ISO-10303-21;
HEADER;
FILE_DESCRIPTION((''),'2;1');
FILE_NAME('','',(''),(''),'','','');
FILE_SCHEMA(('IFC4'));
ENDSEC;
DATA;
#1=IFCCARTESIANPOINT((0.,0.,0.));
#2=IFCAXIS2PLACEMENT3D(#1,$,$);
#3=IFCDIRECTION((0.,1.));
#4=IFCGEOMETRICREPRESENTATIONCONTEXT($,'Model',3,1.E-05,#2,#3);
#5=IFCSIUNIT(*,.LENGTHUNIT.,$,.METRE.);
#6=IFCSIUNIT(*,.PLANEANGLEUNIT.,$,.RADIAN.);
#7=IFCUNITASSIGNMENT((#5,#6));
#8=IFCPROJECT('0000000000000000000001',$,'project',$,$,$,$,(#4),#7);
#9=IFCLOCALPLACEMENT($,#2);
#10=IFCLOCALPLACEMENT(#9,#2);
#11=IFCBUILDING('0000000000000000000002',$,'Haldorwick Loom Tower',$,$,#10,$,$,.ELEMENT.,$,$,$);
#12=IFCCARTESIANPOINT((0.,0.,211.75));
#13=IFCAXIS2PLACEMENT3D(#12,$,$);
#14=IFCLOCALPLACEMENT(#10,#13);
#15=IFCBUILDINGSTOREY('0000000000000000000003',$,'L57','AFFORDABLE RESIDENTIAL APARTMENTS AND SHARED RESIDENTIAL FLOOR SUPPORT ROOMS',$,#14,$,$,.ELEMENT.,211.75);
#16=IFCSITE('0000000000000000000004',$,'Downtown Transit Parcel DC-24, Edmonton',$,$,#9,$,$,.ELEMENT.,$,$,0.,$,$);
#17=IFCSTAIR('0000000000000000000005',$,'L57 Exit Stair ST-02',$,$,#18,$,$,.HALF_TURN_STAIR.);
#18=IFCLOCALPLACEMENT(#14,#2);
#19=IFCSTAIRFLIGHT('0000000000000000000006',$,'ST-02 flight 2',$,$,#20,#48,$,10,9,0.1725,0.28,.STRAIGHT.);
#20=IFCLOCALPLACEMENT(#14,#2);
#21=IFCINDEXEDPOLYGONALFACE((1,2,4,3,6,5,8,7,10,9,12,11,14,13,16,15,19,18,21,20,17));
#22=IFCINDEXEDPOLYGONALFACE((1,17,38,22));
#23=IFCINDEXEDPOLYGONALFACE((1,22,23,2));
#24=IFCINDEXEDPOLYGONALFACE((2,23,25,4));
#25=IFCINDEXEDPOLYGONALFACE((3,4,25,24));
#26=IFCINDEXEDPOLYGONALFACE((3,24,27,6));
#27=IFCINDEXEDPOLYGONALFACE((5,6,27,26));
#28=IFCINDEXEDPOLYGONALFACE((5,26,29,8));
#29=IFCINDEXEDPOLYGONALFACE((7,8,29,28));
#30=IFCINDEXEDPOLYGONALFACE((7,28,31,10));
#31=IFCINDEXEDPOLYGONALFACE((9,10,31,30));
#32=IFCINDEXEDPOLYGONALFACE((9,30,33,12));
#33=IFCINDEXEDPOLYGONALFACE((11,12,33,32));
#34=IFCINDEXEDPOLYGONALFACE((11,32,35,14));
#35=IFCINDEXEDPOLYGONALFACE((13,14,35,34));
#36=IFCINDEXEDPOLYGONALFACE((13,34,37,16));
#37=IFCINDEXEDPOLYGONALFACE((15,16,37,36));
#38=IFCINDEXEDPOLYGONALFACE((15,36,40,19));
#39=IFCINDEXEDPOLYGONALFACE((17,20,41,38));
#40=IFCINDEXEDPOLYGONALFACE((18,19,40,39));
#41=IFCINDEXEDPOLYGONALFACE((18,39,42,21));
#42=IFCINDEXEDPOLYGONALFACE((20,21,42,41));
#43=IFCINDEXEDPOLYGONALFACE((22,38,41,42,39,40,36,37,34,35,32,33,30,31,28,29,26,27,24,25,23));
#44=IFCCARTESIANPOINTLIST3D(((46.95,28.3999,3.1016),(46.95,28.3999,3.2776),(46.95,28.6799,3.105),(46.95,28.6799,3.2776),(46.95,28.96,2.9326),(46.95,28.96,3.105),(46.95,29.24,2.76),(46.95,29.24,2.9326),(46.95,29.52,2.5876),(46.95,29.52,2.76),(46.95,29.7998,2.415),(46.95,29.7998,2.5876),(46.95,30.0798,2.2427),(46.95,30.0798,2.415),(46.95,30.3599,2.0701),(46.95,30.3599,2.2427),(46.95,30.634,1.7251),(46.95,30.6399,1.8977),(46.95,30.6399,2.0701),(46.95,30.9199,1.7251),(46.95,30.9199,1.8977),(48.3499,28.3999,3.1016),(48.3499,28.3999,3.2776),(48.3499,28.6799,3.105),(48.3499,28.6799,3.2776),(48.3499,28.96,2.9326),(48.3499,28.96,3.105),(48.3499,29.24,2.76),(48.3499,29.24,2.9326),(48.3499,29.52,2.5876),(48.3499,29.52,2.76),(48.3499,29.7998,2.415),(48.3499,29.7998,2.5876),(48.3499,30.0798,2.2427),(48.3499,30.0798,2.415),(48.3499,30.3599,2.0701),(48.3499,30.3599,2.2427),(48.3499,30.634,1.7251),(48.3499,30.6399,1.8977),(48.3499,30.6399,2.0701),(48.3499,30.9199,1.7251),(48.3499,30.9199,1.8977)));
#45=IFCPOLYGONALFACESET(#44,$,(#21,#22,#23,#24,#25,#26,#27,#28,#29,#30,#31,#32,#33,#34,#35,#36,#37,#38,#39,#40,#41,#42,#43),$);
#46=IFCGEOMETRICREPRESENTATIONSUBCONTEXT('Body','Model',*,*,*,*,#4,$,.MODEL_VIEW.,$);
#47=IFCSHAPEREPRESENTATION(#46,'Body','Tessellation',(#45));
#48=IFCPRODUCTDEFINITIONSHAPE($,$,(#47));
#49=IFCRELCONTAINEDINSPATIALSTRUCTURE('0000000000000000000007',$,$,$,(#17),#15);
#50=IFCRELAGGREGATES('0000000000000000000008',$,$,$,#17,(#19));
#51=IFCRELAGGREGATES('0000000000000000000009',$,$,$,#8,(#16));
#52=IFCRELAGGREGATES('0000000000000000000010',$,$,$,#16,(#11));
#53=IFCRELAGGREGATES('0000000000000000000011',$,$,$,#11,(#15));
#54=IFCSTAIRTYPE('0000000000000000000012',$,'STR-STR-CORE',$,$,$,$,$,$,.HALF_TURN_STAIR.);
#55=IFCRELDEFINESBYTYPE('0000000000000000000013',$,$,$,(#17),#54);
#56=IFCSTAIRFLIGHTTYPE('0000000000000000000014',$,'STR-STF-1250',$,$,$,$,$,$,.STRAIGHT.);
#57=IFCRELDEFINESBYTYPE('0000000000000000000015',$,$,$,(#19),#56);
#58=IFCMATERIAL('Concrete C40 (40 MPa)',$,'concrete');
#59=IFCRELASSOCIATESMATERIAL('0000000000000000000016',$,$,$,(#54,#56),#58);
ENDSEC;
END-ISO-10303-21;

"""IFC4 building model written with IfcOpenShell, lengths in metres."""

from ifc_helpers import new_model, si_unit, direction, frame, origin, place, context, subcontext, project, spatial, polyline, outline, extrude, material, type_object, element, aggregate, save


model = new_model("IFC4")

# Units and contexts
model_context = context("Model", 3, precision=1e-05, world=origin(), true_north=direction((0.0, 1.0)))
body_context = subcontext(model_context, "Body", "Model", "MODEL_VIEW")
ifc_project = project(units=[si_unit("LENGTHUNIT", "METRE"), si_unit("PLANEANGLEUNIT", "RADIAN")], contexts=[model_context])

# Site, building, storey
site_placement = place(None, origin())
site = spatial("IfcSite", under=ifc_project, at=site_placement, Name="Downtown Transit Parcel DC-24, Edmonton", CompositionType="ELEMENT", RefElevation=0.0)
building_placement = place(site_placement, origin())
building = spatial("IfcBuilding", under=site, at=building_placement, Name="Haldorwick Loom Tower", CompositionType="ELEMENT")
storey_placement = place(building_placement, frame((0.0, 0.0, 211.75)))
storey = spatial("IfcBuildingStorey", under=building, at=storey_placement, Name="L57", Description="AFFORDABLE RESIDENTIAL APARTMENTS AND SHARED RESIDENTIAL FLOOR SUPPORT ROOMS", CompositionType="ELEMENT", Elevation=211.75)

# Stair, stair flight
ifc_material_1 = material(Name="Concrete C40 (40 MPa)", Category="concrete")
stair_type = type_object("IfcStairType", Name="STR-STR-CORE", PredefinedType="HALF_TURN_STAIR", material=ifc_material_1)
stair_placement = place(storey_placement, origin())
stair = element("IfcStair", 1, at=stair_placement, inside=storey, type_object=stair_type, Name="L57 Exit Stair ST-02", PredefinedType="HALF_TURN_STAIR")
stair_flight_type = type_object("IfcStairFlightType", Name="STR-STF-1250", PredefinedType="STRAIGHT", material=ifc_material_1)
stair_flight_1_placement = place(storey_placement, frame((47.6499, 30.9199, 1.7251), z_axis=(0.0, 0.0, 1.0), x_axis=(0.0, -1.0, 0.0)))
stair_flight_1 = element("IfcStairFlight", 2, at=stair_flight_1_placement, type_object=stair_flight_type, Name="ST-02 flight 2", NumberOfRisers=10, NumberOfTreads=9, PredefinedType="STRAIGHT", RiserHeight=0.1725, TreadLength=0.28, context=body_context, shape_type="SweptSolid", body=[
    extrude(outline(polyline([(0.0, 0.0), (0.0, 0.1726), (0.28, 0.1726), (0.28, 0.345), (0.5601, 0.345), (0.5601, 0.5176), (0.8401, 0.5176), (0.8401, 0.6899), (1.1201, 0.6899), (1.1201, 0.8625), (1.3999, 0.8625), (1.3999, 1.0349), (1.6799, 1.0349), (1.6799, 1.2075), (1.96, 1.2075), (1.96, 1.3799), (2.24, 1.3799), (2.24, 1.5525), (2.52, 1.5525), (2.52, 1.7251), (2.52, 1.3765), (0.2859, 0.0), (0.0, 0.0)])), frame((0.0, 0.7, 0.0), z_axis=(0.0, -1.0, 0.0), x_axis=(1.0, 0.0, 0.0)), (0.0, 0.0, 1.0), 1.3999),
])
aggregate(stair, [stair_flight_1])

save(model, "model.ifc")
